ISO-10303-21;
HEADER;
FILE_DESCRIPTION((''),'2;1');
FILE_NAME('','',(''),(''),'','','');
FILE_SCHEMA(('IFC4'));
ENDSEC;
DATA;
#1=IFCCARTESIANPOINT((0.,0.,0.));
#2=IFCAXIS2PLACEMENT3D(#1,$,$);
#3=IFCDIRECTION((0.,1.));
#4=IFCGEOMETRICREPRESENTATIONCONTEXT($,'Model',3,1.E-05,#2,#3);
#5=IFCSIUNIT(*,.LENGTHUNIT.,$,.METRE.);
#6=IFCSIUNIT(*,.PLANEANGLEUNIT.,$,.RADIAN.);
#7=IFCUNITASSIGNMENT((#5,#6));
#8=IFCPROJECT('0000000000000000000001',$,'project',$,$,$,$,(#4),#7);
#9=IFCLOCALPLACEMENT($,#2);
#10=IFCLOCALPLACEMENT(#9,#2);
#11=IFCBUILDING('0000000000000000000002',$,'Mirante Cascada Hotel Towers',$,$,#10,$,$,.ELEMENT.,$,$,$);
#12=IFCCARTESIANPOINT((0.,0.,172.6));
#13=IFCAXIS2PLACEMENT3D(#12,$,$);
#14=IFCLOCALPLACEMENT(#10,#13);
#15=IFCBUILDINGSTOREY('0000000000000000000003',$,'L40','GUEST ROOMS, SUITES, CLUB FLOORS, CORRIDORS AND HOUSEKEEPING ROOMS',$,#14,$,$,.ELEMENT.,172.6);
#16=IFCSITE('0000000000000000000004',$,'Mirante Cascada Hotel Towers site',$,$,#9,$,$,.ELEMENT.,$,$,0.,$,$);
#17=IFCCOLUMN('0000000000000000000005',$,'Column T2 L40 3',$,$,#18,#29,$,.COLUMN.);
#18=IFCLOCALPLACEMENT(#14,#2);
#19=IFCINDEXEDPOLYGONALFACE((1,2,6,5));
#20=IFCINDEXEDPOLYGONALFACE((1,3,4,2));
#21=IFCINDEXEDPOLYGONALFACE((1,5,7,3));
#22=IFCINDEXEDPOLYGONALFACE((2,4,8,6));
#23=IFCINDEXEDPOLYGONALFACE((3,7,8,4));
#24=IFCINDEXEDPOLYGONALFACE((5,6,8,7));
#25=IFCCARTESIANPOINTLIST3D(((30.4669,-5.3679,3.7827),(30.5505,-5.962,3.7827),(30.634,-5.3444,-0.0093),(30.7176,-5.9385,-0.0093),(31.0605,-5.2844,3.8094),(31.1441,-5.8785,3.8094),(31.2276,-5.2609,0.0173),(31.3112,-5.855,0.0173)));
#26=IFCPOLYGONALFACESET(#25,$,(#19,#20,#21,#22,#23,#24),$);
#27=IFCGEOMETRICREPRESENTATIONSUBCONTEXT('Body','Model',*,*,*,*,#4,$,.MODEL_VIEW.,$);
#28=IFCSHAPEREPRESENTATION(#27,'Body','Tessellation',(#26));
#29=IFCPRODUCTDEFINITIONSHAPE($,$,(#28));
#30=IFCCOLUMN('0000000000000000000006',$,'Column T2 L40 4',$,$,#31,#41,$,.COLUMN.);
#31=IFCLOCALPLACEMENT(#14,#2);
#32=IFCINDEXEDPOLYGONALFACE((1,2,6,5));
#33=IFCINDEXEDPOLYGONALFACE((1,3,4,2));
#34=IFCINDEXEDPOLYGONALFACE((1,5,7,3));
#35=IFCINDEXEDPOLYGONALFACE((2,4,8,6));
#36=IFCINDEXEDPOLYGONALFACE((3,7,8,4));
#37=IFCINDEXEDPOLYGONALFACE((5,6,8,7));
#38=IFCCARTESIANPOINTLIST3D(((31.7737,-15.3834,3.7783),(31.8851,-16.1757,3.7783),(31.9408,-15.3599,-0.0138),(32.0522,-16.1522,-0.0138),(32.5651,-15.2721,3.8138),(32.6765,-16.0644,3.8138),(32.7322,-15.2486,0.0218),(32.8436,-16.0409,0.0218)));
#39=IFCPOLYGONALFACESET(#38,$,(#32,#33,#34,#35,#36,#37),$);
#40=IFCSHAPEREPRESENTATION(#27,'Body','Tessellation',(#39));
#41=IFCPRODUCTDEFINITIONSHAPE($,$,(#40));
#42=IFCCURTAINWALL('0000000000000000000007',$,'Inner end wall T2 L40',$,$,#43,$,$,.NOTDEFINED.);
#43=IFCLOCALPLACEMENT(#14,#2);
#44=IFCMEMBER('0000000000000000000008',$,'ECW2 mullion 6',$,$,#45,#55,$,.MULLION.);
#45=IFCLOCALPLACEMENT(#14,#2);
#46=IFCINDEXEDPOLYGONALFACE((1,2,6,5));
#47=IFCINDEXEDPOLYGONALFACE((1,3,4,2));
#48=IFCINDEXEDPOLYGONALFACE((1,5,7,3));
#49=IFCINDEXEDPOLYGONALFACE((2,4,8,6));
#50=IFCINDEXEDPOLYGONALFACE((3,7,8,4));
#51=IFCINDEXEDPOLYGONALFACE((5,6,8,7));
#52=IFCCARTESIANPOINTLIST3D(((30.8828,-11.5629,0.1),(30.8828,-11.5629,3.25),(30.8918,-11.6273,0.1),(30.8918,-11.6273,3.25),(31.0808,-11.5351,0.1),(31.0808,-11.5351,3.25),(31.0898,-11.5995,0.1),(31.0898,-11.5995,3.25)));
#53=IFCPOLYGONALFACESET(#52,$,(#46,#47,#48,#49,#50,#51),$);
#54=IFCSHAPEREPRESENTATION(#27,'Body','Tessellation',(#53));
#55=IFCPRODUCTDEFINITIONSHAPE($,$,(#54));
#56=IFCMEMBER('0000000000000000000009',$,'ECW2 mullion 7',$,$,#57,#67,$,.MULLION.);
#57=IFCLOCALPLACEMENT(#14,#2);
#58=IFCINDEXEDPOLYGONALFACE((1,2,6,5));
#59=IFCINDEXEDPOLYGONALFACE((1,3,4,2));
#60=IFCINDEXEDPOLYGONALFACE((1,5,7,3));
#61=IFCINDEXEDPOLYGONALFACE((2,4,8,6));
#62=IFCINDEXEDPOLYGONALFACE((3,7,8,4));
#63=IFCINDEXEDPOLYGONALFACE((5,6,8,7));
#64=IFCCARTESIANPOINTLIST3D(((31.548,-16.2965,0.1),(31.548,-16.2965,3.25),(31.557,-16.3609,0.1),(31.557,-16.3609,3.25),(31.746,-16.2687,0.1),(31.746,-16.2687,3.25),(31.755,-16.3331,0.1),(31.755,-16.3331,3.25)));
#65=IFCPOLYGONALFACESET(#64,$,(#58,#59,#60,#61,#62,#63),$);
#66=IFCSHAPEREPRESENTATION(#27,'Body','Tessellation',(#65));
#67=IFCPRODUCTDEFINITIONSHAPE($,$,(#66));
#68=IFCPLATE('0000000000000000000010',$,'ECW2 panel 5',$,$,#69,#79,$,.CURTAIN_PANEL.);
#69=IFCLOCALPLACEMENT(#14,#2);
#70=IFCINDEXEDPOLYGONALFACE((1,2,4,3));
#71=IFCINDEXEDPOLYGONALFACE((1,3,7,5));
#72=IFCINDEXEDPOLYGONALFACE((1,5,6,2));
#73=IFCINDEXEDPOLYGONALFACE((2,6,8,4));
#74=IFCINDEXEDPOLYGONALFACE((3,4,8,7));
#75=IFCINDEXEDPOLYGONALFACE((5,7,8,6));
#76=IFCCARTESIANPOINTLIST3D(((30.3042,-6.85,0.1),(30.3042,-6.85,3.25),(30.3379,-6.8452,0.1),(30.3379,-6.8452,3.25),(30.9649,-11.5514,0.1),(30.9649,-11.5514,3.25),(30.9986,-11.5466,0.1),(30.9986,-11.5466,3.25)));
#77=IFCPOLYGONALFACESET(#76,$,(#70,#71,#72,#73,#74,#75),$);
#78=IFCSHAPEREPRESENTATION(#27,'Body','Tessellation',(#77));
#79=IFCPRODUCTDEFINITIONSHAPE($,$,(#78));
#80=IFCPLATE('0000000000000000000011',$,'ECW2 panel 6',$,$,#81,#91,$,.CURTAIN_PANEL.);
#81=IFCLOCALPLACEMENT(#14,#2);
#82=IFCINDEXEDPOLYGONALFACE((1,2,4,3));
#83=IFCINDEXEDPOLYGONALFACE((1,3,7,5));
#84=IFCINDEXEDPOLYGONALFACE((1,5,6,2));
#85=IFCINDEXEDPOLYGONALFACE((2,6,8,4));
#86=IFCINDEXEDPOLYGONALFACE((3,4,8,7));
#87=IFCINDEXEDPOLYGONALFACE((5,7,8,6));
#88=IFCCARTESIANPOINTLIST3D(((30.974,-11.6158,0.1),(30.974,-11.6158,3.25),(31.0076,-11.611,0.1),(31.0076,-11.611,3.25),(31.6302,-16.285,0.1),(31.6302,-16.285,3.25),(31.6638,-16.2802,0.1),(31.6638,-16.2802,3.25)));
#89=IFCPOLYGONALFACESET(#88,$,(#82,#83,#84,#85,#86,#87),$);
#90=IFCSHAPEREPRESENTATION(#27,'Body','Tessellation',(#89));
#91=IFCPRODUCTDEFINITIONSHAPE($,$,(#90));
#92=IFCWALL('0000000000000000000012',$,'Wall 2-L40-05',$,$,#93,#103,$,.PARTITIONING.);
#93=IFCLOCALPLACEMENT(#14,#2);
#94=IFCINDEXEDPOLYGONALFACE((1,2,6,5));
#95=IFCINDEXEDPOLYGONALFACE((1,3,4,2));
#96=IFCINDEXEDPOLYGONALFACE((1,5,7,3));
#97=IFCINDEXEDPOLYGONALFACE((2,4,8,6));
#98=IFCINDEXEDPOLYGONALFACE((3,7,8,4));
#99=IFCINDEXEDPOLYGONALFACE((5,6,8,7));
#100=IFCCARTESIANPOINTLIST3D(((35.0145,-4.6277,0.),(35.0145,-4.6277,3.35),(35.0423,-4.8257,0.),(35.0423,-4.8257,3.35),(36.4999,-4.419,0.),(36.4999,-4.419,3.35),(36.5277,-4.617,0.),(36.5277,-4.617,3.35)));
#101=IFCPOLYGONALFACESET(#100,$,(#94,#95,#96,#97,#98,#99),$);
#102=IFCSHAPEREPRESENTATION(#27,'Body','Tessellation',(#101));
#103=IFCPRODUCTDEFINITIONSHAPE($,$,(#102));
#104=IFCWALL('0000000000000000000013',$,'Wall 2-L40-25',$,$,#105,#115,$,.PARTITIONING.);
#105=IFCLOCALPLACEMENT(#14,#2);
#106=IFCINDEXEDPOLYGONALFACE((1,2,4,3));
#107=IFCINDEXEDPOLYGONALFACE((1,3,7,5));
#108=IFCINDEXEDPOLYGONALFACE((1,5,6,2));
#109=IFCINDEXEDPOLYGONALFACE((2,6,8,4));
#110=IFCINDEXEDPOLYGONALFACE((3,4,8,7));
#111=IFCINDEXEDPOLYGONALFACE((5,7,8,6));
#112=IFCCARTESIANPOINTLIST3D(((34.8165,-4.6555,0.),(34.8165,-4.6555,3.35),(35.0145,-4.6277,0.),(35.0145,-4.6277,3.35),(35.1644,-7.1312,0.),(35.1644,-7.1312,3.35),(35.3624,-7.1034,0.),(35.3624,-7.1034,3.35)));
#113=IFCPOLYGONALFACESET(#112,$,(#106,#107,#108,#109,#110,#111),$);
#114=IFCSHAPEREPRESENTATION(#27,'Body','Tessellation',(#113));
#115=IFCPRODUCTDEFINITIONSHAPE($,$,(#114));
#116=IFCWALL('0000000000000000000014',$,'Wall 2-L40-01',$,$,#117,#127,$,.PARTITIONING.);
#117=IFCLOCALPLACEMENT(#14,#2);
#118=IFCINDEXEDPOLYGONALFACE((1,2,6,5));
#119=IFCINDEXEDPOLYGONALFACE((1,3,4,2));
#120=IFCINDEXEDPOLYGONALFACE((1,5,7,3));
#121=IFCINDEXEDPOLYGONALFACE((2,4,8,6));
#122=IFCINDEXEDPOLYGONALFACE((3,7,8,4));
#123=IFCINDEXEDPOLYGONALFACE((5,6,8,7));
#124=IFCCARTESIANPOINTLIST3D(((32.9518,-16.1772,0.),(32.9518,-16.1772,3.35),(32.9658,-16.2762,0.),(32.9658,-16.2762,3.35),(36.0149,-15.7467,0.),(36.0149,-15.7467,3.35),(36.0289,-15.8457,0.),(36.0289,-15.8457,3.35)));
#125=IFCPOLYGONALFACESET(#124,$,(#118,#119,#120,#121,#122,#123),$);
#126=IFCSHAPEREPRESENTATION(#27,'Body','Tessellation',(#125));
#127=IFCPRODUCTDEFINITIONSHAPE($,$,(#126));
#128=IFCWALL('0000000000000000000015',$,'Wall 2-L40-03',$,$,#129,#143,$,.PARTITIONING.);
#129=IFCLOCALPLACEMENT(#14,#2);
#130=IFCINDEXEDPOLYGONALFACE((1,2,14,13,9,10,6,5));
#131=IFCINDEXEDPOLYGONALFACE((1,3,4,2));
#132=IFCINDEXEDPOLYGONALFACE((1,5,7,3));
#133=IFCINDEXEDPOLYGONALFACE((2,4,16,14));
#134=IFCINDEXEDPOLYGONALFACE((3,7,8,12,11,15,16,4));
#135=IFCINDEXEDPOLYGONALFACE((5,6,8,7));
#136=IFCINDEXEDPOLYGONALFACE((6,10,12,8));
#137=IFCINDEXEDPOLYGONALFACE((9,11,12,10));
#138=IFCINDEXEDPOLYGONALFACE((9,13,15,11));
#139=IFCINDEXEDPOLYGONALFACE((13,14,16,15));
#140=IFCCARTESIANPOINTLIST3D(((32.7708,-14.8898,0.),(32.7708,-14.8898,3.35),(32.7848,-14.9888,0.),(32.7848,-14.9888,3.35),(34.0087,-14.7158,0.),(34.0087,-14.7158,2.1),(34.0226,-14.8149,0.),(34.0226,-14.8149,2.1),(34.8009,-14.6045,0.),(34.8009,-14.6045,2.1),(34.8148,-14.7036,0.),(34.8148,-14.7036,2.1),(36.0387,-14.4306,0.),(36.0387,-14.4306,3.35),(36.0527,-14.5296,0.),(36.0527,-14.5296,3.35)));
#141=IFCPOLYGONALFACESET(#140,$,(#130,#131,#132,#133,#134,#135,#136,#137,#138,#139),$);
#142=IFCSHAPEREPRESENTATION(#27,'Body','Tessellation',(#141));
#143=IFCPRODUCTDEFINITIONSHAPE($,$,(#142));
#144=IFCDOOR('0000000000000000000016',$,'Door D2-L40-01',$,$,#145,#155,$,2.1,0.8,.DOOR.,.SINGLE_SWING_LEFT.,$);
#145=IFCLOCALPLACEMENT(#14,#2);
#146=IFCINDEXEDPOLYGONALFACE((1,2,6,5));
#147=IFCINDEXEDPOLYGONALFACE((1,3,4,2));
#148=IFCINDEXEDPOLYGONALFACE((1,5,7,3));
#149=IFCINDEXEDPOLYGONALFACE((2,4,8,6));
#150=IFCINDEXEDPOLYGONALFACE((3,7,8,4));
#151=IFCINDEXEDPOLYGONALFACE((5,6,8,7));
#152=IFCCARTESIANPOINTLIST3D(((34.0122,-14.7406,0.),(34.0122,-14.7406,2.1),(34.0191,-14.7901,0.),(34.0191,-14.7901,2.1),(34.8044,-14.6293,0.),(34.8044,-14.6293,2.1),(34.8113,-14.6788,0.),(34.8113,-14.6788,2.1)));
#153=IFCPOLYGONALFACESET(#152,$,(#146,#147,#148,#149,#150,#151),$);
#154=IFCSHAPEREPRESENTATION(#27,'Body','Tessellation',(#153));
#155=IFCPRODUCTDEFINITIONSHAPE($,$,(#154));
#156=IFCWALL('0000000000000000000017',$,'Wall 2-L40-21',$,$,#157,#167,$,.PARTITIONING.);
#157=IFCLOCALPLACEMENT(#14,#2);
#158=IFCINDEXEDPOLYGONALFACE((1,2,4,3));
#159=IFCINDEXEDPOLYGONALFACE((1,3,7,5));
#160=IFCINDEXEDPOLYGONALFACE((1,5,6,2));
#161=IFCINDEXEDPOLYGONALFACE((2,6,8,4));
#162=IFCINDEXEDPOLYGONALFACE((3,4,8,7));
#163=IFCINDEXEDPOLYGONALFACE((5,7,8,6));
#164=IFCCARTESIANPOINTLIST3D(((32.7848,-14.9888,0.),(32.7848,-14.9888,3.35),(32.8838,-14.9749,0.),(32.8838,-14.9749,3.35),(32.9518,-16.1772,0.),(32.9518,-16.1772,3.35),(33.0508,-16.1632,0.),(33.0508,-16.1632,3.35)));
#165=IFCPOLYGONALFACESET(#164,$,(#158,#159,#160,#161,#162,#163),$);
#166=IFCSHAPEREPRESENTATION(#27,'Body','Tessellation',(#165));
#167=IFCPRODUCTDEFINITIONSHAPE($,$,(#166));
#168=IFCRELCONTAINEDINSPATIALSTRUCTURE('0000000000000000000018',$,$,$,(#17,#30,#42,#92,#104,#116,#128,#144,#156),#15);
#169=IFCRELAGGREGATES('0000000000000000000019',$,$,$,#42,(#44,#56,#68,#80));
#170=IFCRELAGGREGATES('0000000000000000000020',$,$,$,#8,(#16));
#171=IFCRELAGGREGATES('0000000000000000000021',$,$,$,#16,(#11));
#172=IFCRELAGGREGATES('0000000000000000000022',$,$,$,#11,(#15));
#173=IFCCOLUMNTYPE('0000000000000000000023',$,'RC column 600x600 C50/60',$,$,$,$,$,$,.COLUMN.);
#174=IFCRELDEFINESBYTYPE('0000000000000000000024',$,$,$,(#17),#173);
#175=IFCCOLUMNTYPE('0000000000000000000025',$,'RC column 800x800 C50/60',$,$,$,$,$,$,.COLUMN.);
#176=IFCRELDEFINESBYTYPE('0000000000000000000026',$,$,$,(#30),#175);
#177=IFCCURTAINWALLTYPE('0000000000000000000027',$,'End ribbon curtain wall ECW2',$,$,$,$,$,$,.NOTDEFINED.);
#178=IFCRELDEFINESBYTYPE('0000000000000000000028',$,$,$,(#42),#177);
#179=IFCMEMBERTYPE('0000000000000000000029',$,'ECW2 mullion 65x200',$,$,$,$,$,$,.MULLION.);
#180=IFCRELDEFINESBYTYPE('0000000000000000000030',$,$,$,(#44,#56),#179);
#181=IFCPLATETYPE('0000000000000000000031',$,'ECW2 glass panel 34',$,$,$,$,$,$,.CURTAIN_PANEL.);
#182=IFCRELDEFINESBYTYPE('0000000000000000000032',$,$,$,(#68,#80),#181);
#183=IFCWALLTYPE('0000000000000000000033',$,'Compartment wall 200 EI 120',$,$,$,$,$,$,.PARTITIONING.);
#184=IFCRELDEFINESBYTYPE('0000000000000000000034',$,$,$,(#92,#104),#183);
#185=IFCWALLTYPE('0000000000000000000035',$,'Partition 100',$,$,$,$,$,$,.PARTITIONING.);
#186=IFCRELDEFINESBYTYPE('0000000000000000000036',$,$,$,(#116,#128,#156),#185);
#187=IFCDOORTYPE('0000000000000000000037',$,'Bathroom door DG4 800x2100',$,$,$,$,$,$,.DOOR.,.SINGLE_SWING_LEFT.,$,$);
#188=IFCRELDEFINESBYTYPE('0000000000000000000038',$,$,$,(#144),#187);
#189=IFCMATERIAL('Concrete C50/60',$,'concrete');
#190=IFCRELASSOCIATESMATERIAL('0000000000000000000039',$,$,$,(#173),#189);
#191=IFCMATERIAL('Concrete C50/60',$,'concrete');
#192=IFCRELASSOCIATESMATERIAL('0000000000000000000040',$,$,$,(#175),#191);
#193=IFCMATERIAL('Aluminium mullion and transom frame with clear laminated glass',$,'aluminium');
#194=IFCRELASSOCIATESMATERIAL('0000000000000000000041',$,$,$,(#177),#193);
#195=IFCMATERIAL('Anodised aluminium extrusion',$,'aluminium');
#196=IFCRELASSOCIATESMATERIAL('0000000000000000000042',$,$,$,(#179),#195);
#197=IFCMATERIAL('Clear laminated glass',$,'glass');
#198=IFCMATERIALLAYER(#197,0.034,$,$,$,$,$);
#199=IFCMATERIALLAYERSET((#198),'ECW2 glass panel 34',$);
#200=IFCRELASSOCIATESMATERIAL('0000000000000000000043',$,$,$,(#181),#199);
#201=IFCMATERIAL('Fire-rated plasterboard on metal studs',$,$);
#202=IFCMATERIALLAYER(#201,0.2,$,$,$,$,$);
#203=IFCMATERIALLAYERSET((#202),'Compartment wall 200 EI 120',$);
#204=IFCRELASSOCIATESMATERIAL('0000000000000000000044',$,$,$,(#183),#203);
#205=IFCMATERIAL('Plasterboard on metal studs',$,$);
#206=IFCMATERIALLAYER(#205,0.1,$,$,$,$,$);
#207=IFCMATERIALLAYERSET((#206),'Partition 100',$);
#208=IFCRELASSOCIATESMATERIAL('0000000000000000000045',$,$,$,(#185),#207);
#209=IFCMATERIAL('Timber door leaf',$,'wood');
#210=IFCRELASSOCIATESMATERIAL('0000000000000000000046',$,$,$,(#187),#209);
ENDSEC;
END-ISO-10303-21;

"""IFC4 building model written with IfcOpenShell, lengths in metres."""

from ifc_helpers import new_model, si_unit, direction, frame, frame_2d, origin, origin_2d, place, context, subcontext, project, spatial, rectangle, extrude, material, layer, layer_set, material_profile, profile_set, type_object, element, fill, aggregate, save


model = new_model("IFC4")

# Units and contexts
model_context = context("Model", 3, precision=1e-05, world=origin(), true_north=direction((0.0, 1.0)))
body_context = subcontext(model_context, "Body", "Model", "MODEL_VIEW")
ifc_project = project(units=[si_unit("LENGTHUNIT", "METRE"), si_unit("PLANEANGLEUNIT", "RADIAN")], contexts=[model_context])

# Site, building, storey
site_placement = place(None, origin())
site = spatial("IfcSite", under=ifc_project, at=site_placement, Name="Mirante Cascada Hotel Towers site", CompositionType="ELEMENT", RefElevation=0.0)
building_placement = place(site_placement, origin())
building = spatial("IfcBuilding", under=site, at=building_placement, Name="Mirante Cascada Hotel Towers", CompositionType="ELEMENT")
storey_placement = place(building_placement, frame((0.0, 0.0, 172.6)))
storey = spatial("IfcBuildingStorey", under=building, at=storey_placement, Name="L40", Description="GUEST ROOMS, SUITES, CLUB FLOORS, CORRIDORS AND HOUSEKEEPING ROOMS", CompositionType="ELEMENT", Elevation=172.6)

# Columns
ifc_material_1 = material(Name="Concrete C50/60", Category="concrete")
ifc_material_profile_1 = material_profile(ifc_material_1, rectangle(XDim=0.6, YDim=0.6, at=origin_2d()), Name="RC column 600x600 C50/60")
ifc_profile_set_1 = profile_set([ifc_material_profile_1], Name="Concrete C50/60")
column_type_1 = type_object("IfcColumnType", Name="RC column 600x600 C50/60", PredefinedType="COLUMN", material=ifc_profile_set_1)
column_1_placement = place(storey_placement, frame((30.9726, -5.5997, 0.004), z_axis=(-0.044023, -0.006191, 0.999011), x_axis=(0.139264, -0.990255, 0.0)))
element("IfcColumn", 1, at=column_1_placement, inside=storey, type_object=column_type_1, Name="Column T2 L40 3", PredefinedType="COLUMN", context=body_context, shape_type="SweptSolid", body=[
    extrude(rectangle(XDim=0.6, YDim=0.6, at=origin_2d()), origin(), (0.0, 0.0, 1.0), 3.7958),
])
ifc_material_2 = material(Name="Concrete C50/60", Category="concrete")
ifc_material_profile_2 = material_profile(ifc_material_2, rectangle(XDim=0.8, YDim=0.8, at=origin_2d()), Name="RC column 800x800 C50/60")
ifc_profile_set_2 = profile_set([ifc_material_profile_2], Name="Concrete C50/60")
column_type_2 = type_object("IfcColumnType", Name="RC column 800x800 C50/60", PredefinedType="COLUMN", material=ifc_profile_set_2)
column_2_placement = place(storey_placement, frame((32.3922, -15.7004, 0.004), z_axis=(-0.044023, -0.006191, 0.999011), x_axis=(0.139264, -0.990255, 0.0)))
element("IfcColumn", 2, at=column_2_placement, inside=storey, type_object=column_type_2, Name="Column T2 L40 4", PredefinedType="COLUMN", context=body_context, shape_type="SweptSolid", body=[
    extrude(rectangle(XDim=0.8, YDim=0.8, at=origin_2d()), origin(), (0.0, 0.0, 1.0), 3.7958),
])

# Curtain wall, members, plates
ifc_material_3 = material(Name="Aluminium mullion and transom frame with clear laminated glass", Category="aluminium")
curtain_wall_type = type_object("IfcCurtainWallType", Name="End ribbon curtain wall ECW2", PredefinedType="NOTDEFINED", material=ifc_material_3)
curtain_wall_placement = place(storey_placement, origin())
curtain_wall = element("IfcCurtainWall", 3, at=curtain_wall_placement, inside=storey, type_object=curtain_wall_type, Name="Inner end wall T2 L40", PredefinedType="NOTDEFINED")
ifc_material_4 = material(Name="Anodised aluminium extrusion", Category="aluminium")
ifc_material_profile_3 = material_profile(ifc_material_4, rectangle(XDim=0.2, YDim=0.065, at=origin_2d()), Name="ECW2 MULLION 65x200")
ifc_profile_set_3 = profile_set([ifc_material_profile_3], Name="Anodised aluminium extrusion")
member_type = type_object("IfcMemberType", Name="ECW2 mullion 65x200", PredefinedType="MULLION", material=ifc_profile_set_3)
member_1_placement = place(storey_placement, frame((30.9863, -11.5812, 0.1), z_axis=(0.0, 0.0, 1.0), x_axis=(0.990268, 0.139173, 0.0)))
member_1 = element("IfcMember", 4, at=member_1_placement, type_object=member_type, Name="ECW2 mullion 6", PredefinedType="MULLION", context=body_context, shape_type="SweptSolid", body=[
    extrude(rectangle(XDim=0.2, YDim=0.065, at=origin_2d()), origin(), (0.0, 0.0, 1.0), 3.15),
])
member_2_placement = place(storey_placement, frame((31.6515, -16.3148, 0.1), z_axis=(0.0, 0.0, 1.0), x_axis=(0.990268, 0.139173, 0.0)))
member_2 = element("IfcMember", 5, at=member_2_placement, type_object=member_type, Name="ECW2 mullion 7", PredefinedType="MULLION", context=body_context, shape_type="SweptSolid", body=[
    extrude(rectangle(XDim=0.2, YDim=0.065, at=origin_2d()), origin(), (0.0, 0.0, 1.0), 3.15),
])
ifc_material_5 = material(Name="Clear laminated glass", Category="glass")
ifc_layer_1 = layer(ifc_material_5, 0.034)
ifc_layer_set_1 = layer_set([ifc_layer_1], Name="ECW2 glass panel 34")
plate_type = type_object("IfcPlateType", Name="ECW2 glass panel 34", PredefinedType="CURTAIN_PANEL", material=ifc_layer_set_1)
plate_1_placement = place(storey_placement, frame((30.6514, -9.1983, 0.1), z_axis=(0.0, 0.0, 1.0), x_axis=(0.139173, -0.990268, 0.0)))
plate_1 = element("IfcPlate", 6, at=plate_1_placement, type_object=plate_type, Name="ECW2 panel 5", PredefinedType="CURTAIN_PANEL", context=body_context, shape_type="SweptSolid", body=[
    extrude(rectangle(XDim=4.7476, YDim=0.034, at=origin_2d()), origin(), (0.0, 0.0, 1.0), 3.15),
])
plate_2_placement = place(storey_placement, frame((31.3189, -13.948, 0.1), z_axis=(0.0, 0.0, 1.0), x_axis=(0.139173, -0.990268, 0.0)))
plate_2 = element("IfcPlate", 7, at=plate_2_placement, type_object=plate_type, Name="ECW2 panel 6", PredefinedType="CURTAIN_PANEL", context=body_context, shape_type="SweptSolid", body=[
    extrude(rectangle(XDim=4.7151, YDim=0.034, at=origin_2d()), origin(), (0.0, 0.0, 1.0), 3.15),
])
aggregate(curtain_wall, [member_1, member_2, plate_1, plate_2])

# Walls
ifc_material_6 = material(Name="Fire-rated plasterboard on metal studs")
ifc_layer_2 = layer(ifc_material_6, 0.2)
ifc_layer_set_2 = layer_set([ifc_layer_2], Name="Compartment wall 200 EI 120")
wall_type_1 = type_object("IfcWallType", Name="Compartment wall 200 EI 120", PredefinedType="PARTITIONING", material=ifc_layer_set_2)
wall_1_placement = place(storey_placement, frame((35.0284, -4.7267, 0.0), z_axis=(0.0, 0.0, 1.0), x_axis=(0.990274, 0.139134, 0.0)))
element("IfcWall", 8, at=wall_1_placement, inside=storey, type_object=wall_type_1, Name="Wall 2-L40-05", PredefinedType="PARTITIONING", context=body_context, shape_type="SweptSolid", body=[
    extrude(rectangle(XDim=1.5, YDim=0.2, at=frame_2d((0.75, 0.0))), origin(), (0.0, 0.0, 1.0), 3.35),
])
wall_2_placement = place(storey_placement, frame((35.2634, -7.1173, 0.0), z_axis=(0.0, 0.0, 1.0), x_axis=(-0.139159, 0.99027, 0.0)))
element("IfcWall", 9, at=wall_2_placement, inside=storey, type_object=wall_type_1, Name="Wall 2-L40-25", PredefinedType="PARTITIONING", context=body_context, shape_type="SweptSolid", body=[
    extrude(rectangle(XDim=2.5, YDim=0.2, at=frame_2d((1.25, 0.0))), origin(), (0.0, 0.0, 1.0), 3.35),
])
ifc_material_7 = material(Name="Plasterboard on metal studs")
ifc_layer_3 = layer(ifc_material_7, 0.1)
ifc_layer_set_3 = layer_set([ifc_layer_3], Name="Partition 100")
wall_type_2 = type_object("IfcWallType", Name="Partition 100", PredefinedType="PARTITIONING", material=ifc_layer_set_3)
wall_3_placement = place(storey_placement, frame((32.9588, -16.2267, 0.0), z_axis=(0.0, 0.0, 1.0), x_axis=(0.990268, 0.139176, 0.0)))
element("IfcWall", 10, at=wall_3_placement, inside=storey, type_object=wall_type_2, Name="Wall 2-L40-01", PredefinedType="PARTITIONING", context=body_context, shape_type="SweptSolid", body=[
    extrude(rectangle(XDim=3.0932, YDim=0.1, at=frame_2d((1.5466, 0.0))), origin(), (0.0, 0.0, 1.0), 3.35),
])

# Wall, opening, door
wall_4_placement = place(storey_placement, frame((32.7778, -14.9393, 0.0), z_axis=(0.0, 0.0, 1.0), x_axis=(0.990271, 0.139151, 0.0)))
wall_4 = element("IfcWall", 11, at=wall_4_placement, inside=storey, type_object=wall_type_2, Name="Wall 2-L40-03", PredefinedType="PARTITIONING", context=body_context, shape_type="SweptSolid", body=[
    extrude(rectangle(XDim=3.3, YDim=0.1, at=frame_2d((1.65, 0.0))), origin(), (0.0, 0.0, 1.0), 3.35),
])
opening_1_placement = place(wall_4_placement, frame((1.25, 0.0, 0.0)))
opening_1 = element("IfcOpeningElement", 12, at=opening_1_placement, cuts=wall_4, PredefinedType="OPENING", context=body_context, shape_type="SweptSolid", body=[
    extrude(rectangle(XDim=0.8, YDim=2.1, at=frame_2d((0.4, 1.05))), frame((0.0, 0.05, 0.0), z_axis=(0.0, -1.0, 0.0), x_axis=(1.0, 0.0, 0.0)), (0.0, 0.0, 1.0), 0.1),
])
ifc_material_8 = material(Name="Timber door leaf", Category="wood")
door_type_1 = type_object("IfcDoorType", Name="Bathroom door DG4 800x2100", OperationType="SINGLE_SWING_LEFT", PredefinedType="DOOR", material=ifc_material_8)
door_1_placement = place(opening_1_placement, origin())
door_1 = element("IfcDoor", 13, at=door_1_placement, inside=storey, type_object=door_type_1, Name="Door D2-L40-01", OperationType="SINGLE_SWING_LEFT", OverallHeight=2.1, OverallWidth=0.8, PredefinedType="DOOR", context=body_context, shape_type="SweptSolid", body=[
    extrude(rectangle(XDim=0.8, YDim=2.1, at=frame_2d((0.4, 1.05))), frame((0.0, 0.025, 0.0), z_axis=(0.0, -1.0, 0.0), x_axis=(1.0, 0.0, 0.0)), (0.0, 0.0, 1.0), 0.05),
])
fill(opening_1, door_1)

# Wall
wall_5_placement = place(storey_placement, frame((33.0013, -16.1702, 0.0), z_axis=(0.0, 0.0, 1.0), x_axis=(-0.139169, 0.990269, 0.0)))
element("IfcWall", 14, at=wall_5_placement, inside=storey, type_object=wall_type_2, Name="Wall 2-L40-21", PredefinedType="PARTITIONING", context=body_context, shape_type="SweptSolid", body=[
    extrude(rectangle(XDim=1.2, YDim=0.1, at=frame_2d((0.6, 0.0))), origin(), (0.0, 0.0, 1.0), 3.35),
])

save(model, "model.ifc")
